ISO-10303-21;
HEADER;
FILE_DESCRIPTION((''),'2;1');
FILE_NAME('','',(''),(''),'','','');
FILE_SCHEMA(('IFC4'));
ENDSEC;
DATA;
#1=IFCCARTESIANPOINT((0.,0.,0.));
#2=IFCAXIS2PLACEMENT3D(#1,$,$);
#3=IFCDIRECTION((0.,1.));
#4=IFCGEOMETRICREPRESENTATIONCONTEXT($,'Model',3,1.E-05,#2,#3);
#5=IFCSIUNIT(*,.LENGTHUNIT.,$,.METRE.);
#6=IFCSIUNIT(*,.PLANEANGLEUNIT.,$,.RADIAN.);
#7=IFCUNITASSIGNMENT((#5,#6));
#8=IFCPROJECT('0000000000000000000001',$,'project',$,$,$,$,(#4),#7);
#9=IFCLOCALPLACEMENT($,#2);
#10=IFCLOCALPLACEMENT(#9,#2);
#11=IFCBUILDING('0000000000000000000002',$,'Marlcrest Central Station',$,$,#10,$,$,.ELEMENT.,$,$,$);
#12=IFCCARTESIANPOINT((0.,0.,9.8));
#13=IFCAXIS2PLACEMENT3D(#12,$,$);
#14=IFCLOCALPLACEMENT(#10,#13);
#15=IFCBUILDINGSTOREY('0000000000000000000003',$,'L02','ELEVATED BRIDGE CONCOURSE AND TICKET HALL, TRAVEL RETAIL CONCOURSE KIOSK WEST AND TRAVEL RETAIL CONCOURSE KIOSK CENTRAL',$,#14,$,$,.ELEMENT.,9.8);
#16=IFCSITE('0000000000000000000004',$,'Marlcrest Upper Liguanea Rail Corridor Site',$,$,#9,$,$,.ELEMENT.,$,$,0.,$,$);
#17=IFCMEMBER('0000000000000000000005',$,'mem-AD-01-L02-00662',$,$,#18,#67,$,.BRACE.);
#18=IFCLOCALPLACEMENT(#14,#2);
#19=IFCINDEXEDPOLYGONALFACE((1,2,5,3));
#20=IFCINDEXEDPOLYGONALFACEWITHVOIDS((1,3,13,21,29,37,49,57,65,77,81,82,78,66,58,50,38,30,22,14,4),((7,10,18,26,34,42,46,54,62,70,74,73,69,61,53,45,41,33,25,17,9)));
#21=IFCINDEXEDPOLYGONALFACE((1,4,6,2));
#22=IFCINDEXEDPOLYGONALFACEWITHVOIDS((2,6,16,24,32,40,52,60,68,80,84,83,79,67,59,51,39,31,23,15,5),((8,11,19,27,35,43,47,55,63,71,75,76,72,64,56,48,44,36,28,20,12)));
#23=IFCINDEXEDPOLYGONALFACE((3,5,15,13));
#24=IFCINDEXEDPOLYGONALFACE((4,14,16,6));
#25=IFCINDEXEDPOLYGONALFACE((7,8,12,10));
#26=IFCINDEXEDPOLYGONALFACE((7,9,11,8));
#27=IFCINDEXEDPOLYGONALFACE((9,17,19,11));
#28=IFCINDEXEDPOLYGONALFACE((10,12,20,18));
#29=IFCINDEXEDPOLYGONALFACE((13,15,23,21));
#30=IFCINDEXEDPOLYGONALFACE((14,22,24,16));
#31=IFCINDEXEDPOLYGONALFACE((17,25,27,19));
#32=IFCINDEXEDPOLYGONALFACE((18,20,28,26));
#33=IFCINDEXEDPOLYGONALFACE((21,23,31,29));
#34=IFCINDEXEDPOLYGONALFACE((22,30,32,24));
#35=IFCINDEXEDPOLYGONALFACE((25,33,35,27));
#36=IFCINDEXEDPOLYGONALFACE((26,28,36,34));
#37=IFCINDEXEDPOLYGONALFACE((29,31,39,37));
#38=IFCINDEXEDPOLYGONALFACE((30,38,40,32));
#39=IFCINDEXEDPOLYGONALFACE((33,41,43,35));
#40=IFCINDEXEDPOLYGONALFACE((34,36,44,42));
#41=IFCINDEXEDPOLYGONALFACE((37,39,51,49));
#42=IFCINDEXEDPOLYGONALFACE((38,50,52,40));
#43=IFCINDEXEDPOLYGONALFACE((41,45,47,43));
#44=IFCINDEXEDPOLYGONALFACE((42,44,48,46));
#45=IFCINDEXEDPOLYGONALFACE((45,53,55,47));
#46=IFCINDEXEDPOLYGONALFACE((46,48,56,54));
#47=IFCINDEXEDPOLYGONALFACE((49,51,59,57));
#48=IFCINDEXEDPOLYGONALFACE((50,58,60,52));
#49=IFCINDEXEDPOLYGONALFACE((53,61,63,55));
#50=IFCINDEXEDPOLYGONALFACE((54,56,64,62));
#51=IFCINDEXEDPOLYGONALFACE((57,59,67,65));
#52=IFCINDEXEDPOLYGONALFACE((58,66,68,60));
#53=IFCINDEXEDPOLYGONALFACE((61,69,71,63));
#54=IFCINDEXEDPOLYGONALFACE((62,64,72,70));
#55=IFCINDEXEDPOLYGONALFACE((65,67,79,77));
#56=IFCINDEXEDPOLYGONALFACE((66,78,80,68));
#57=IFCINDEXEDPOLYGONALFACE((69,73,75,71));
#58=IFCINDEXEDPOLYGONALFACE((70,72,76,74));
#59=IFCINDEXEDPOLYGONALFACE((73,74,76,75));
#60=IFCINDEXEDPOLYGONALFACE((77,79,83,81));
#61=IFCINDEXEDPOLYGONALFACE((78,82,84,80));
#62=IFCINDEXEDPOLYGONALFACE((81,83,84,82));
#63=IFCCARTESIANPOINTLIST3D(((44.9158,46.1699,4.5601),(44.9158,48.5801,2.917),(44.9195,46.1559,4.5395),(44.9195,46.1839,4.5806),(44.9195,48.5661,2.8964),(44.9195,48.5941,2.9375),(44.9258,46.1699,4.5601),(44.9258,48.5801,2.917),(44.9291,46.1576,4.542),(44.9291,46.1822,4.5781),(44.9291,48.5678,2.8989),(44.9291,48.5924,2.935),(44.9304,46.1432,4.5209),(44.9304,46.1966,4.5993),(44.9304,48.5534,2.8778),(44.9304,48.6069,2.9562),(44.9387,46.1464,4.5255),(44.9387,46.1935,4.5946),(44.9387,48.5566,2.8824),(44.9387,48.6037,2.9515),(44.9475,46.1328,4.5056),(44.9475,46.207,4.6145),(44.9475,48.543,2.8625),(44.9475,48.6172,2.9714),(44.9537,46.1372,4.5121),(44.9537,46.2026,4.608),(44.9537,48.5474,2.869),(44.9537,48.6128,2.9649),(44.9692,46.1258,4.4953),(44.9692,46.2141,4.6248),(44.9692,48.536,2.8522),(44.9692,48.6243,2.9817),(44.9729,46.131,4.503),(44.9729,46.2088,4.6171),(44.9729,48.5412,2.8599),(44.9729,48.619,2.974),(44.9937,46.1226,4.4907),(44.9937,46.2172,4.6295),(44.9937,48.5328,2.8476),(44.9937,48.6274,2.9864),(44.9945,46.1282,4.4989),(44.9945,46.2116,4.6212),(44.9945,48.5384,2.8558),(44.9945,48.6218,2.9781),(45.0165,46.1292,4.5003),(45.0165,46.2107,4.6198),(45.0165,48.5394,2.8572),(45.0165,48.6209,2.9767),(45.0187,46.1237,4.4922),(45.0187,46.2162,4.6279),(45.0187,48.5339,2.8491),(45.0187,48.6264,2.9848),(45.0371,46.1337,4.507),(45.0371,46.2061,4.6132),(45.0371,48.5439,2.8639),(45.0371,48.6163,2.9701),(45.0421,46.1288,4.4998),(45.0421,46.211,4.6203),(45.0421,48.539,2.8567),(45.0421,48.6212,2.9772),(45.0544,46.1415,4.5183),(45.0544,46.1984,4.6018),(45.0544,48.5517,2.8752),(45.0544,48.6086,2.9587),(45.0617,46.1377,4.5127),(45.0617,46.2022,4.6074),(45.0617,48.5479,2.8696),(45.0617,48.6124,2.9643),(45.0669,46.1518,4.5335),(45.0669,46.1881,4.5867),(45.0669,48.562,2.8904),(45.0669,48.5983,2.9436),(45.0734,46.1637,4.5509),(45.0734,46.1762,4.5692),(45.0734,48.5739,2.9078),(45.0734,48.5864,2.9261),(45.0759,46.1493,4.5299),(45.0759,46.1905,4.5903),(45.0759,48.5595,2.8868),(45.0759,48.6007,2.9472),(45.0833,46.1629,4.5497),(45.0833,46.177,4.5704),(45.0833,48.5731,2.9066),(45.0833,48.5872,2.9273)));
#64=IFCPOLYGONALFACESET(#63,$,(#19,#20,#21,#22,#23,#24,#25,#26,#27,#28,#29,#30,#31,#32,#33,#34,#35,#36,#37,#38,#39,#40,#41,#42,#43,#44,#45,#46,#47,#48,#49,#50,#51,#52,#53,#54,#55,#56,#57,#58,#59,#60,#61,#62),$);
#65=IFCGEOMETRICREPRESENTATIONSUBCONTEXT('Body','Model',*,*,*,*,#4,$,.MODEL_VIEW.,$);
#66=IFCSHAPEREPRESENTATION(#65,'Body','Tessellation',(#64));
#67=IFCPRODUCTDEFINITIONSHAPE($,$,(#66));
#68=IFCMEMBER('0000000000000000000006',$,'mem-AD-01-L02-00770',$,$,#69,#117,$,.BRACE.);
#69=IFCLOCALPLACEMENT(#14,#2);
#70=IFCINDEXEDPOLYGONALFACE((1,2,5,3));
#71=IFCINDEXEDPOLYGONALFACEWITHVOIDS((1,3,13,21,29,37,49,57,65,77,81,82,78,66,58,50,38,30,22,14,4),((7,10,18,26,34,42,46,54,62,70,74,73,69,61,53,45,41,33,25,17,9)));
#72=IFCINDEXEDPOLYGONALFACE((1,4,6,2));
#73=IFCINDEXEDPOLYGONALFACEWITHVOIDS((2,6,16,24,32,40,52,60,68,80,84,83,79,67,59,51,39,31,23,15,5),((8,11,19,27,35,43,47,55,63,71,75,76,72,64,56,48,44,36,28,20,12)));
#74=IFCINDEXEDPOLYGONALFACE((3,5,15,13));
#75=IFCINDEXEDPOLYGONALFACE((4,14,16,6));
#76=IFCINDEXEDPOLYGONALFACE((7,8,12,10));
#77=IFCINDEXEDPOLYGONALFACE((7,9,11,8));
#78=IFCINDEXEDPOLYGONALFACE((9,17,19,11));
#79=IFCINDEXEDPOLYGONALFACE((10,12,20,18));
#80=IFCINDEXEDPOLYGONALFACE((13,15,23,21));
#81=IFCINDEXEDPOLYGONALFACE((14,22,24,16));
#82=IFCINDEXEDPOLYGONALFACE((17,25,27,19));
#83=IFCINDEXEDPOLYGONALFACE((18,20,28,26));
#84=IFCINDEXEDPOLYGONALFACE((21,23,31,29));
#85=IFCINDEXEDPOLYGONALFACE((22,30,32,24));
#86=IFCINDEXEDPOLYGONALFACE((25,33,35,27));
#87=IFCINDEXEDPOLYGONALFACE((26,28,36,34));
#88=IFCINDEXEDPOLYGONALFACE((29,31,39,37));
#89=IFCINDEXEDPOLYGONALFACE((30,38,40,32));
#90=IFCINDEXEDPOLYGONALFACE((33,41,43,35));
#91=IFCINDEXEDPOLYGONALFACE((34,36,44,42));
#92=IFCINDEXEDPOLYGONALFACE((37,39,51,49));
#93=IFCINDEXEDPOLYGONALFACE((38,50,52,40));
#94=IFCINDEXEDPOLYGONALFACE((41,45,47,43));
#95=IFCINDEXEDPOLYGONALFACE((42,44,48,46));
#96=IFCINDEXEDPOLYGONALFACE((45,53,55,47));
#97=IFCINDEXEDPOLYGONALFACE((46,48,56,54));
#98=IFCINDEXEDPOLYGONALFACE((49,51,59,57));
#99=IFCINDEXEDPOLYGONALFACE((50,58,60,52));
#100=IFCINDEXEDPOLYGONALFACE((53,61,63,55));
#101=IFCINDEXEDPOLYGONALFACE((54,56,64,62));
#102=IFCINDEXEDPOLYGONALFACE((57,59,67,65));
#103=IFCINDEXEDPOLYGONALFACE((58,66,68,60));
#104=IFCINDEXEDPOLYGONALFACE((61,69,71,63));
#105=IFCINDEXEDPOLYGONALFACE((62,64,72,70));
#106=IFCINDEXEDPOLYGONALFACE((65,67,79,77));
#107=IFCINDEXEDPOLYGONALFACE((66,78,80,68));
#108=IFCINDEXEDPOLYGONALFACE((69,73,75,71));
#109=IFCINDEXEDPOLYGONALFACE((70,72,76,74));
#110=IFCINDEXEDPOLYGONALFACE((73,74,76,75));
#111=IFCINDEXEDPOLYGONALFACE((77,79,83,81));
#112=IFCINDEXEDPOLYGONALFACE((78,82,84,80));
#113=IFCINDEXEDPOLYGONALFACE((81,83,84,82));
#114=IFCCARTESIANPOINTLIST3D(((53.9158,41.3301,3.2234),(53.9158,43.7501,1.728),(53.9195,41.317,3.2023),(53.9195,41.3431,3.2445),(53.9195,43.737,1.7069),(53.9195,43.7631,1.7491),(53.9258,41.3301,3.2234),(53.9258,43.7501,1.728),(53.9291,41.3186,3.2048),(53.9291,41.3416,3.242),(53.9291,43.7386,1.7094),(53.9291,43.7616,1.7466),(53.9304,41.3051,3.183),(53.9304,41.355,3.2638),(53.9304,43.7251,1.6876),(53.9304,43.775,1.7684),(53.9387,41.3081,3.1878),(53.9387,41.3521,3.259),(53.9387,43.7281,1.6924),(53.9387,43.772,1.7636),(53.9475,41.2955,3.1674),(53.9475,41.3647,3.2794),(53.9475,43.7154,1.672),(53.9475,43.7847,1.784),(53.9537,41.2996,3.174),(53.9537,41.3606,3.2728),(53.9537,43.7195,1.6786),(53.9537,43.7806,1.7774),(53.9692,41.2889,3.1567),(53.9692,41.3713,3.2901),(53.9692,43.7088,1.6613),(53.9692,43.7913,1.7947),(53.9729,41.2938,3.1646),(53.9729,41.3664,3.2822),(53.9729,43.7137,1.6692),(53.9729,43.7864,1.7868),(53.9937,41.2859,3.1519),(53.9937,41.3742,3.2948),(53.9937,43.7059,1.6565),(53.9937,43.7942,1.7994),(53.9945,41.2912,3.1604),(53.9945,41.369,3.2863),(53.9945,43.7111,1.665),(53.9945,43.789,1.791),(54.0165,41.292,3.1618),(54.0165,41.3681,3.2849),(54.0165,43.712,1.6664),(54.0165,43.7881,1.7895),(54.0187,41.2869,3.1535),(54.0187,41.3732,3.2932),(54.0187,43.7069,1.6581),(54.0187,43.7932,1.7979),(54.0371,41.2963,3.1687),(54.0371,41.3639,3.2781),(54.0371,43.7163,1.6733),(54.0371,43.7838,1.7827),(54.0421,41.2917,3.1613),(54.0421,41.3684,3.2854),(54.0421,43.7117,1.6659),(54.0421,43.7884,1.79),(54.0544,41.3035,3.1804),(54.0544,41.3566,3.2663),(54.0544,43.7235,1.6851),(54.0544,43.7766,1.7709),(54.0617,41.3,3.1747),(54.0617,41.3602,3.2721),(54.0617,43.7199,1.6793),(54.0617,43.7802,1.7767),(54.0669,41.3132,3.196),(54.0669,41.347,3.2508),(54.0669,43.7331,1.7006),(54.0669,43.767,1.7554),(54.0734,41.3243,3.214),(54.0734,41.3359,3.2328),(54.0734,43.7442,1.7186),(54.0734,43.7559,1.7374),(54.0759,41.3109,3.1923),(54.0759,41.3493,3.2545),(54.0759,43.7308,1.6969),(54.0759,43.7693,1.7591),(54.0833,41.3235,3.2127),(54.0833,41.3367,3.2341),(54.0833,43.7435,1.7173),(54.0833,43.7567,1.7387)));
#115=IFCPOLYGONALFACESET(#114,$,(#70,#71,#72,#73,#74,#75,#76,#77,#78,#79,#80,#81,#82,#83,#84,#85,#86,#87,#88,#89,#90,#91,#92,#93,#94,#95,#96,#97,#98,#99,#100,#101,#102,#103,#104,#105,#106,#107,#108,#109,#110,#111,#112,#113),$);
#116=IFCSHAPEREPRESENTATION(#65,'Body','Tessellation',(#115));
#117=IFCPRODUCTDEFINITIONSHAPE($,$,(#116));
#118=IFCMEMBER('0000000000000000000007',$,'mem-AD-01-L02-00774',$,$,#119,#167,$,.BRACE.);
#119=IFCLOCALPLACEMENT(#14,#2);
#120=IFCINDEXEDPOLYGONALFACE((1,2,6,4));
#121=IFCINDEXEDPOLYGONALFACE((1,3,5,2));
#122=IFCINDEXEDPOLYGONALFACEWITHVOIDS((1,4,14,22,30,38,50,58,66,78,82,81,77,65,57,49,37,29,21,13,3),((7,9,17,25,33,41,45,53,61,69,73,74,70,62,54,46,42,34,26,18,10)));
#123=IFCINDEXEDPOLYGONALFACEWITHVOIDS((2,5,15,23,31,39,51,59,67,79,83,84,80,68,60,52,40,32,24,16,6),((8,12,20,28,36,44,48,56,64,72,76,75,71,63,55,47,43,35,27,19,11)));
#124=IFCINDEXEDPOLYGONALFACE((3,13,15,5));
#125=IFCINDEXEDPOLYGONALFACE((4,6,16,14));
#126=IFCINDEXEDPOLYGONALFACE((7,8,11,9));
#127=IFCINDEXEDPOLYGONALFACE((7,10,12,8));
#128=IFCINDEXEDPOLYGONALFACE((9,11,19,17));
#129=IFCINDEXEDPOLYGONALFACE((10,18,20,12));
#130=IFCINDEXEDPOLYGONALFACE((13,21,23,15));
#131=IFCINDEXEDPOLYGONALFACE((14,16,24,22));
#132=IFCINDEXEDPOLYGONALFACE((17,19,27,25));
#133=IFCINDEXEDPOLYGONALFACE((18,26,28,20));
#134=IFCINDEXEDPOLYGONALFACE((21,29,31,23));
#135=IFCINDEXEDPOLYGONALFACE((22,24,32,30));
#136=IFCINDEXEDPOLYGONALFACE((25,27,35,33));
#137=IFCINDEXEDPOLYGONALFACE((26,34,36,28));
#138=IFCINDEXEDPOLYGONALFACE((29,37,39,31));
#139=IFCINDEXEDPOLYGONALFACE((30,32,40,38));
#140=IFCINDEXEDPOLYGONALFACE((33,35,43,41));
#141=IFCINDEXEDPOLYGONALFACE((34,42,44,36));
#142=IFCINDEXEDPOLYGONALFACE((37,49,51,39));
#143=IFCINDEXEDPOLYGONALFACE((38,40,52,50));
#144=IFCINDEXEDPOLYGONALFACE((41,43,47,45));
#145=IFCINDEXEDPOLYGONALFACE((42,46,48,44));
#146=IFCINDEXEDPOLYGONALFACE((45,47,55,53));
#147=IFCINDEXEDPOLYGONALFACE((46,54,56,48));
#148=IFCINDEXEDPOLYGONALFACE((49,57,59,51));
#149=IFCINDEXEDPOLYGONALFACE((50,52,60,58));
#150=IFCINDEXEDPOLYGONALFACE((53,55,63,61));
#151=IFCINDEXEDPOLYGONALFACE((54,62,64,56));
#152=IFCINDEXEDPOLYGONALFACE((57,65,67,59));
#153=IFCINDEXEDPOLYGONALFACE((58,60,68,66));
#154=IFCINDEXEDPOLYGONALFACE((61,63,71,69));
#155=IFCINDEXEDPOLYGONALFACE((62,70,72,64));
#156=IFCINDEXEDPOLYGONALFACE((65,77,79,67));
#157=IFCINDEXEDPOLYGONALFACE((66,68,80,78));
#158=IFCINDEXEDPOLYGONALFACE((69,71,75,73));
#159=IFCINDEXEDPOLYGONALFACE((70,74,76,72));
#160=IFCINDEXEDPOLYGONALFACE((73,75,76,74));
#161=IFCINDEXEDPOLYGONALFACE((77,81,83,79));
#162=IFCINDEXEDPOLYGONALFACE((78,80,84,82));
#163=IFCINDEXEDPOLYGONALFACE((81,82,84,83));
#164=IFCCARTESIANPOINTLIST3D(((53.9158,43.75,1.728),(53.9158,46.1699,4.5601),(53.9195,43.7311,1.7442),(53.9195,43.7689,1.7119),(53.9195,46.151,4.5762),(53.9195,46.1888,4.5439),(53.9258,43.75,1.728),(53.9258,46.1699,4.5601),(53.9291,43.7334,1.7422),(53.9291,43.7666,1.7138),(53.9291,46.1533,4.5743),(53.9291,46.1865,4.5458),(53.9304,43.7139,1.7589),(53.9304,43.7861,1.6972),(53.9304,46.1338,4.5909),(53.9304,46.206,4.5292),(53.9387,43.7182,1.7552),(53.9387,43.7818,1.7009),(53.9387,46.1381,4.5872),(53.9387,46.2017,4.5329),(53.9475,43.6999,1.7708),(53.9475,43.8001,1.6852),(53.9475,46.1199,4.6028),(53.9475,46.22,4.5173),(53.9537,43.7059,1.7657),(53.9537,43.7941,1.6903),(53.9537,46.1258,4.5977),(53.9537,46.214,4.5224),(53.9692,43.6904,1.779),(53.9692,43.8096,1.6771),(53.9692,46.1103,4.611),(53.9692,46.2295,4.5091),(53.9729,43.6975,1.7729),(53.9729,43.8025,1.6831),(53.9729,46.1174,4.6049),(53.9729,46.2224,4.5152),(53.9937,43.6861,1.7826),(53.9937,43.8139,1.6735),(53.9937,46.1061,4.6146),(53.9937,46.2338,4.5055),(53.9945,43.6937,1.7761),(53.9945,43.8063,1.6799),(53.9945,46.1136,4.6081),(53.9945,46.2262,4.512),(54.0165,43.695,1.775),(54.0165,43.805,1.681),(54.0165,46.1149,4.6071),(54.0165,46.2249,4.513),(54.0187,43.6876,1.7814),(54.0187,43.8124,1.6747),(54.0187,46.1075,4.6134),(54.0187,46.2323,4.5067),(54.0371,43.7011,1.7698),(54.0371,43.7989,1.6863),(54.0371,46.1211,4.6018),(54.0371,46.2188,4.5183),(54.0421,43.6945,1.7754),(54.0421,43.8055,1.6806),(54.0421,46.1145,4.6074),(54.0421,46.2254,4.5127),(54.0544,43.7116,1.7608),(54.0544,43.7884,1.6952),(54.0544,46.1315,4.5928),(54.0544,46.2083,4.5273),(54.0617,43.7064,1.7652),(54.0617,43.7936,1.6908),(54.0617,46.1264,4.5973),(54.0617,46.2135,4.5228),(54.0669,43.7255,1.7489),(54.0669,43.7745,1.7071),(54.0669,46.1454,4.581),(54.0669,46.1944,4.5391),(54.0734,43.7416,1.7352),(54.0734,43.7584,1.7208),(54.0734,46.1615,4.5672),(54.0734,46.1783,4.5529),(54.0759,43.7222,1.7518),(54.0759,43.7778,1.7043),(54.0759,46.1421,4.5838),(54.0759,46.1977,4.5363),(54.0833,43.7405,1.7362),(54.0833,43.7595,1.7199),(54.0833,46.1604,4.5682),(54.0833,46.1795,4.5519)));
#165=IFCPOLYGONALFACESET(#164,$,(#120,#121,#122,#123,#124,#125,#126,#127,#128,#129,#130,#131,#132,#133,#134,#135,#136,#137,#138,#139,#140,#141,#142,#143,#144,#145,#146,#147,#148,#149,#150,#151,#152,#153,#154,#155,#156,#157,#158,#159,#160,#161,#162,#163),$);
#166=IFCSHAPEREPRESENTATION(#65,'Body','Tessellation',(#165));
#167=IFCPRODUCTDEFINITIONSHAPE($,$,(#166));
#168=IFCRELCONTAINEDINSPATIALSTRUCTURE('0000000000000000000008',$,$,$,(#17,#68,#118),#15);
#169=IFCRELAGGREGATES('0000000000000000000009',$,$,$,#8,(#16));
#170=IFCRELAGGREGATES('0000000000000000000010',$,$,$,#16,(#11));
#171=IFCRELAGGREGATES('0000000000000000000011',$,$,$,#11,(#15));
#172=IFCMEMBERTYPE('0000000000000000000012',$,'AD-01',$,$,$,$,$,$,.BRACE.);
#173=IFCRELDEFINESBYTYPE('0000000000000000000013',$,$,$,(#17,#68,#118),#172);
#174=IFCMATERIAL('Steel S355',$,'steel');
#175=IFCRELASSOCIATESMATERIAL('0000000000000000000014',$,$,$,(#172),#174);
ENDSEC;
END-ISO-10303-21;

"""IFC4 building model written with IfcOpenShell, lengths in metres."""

from ifc_helpers import new_model, si_unit, direction, frame, origin, origin_2d, place, context, subcontext, project, spatial, hollow_circle, extrude, material, material_profile, profile_set, type_object, element, save


model = new_model("IFC4")

# Units and contexts
model_context = context("Model", 3, precision=1e-05, world=origin(), true_north=direction((0.0, 1.0)))
body_context = subcontext(model_context, "Body", "Model", "MODEL_VIEW")
ifc_project = project(units=[si_unit("LENGTHUNIT", "METRE"), si_unit("PLANEANGLEUNIT", "RADIAN")], contexts=[model_context])

# Site, building, storey
site_placement = place(None, origin())
site = spatial("IfcSite", under=ifc_project, at=site_placement, Name="Marlcrest Upper Liguanea Rail Corridor Site", CompositionType="ELEMENT", RefElevation=0.0)
building_placement = place(site_placement, origin())
building = spatial("IfcBuilding", under=site, at=building_placement, Name="Marlcrest Central Station", CompositionType="ELEMENT")
storey_placement = place(building_placement, frame((0.0, 0.0, 9.8)))
storey = spatial("IfcBuildingStorey", under=building, at=storey_placement, Name="L02", Description="ELEVATED BRIDGE CONCOURSE AND TICKET HALL, TRAVEL RETAIL CONCOURSE KIOSK WEST AND TRAVEL RETAIL CONCOURSE KIOSK CENTRAL", CompositionType="ELEMENT", Elevation=9.8)

# Members
ifc_material_1 = material(Name="Steel S355", Category="steel")
ifc_material_profile_1 = material_profile(ifc_material_1, hollow_circle(Radius=0.0842, WallThickness=0.01, at=origin_2d()), Name="CHS 168.3x10")
ifc_profile_set_1 = profile_set([ifc_material_profile_1], Name="Steel S355")
member_type_1 = type_object("IfcMemberType", Name="AD-01", PredefinedType="BRACE", material=ifc_profile_set_1)
member_1_placement = place(storey_placement, frame((45.0, 46.1699, 4.5601), z_axis=(0.0, 0.826263, -0.563285), x_axis=(-1.0, 0.0, 0.0)))
element("IfcMember", 1, at=member_1_placement, inside=storey, type_object=member_type_1, Name="mem-AD-01-L02-00662", PredefinedType="BRACE", context=body_context, shape_type="SweptSolid", body=[
    extrude(hollow_circle(Radius=0.0842, WallThickness=0.01, at=origin_2d()), origin(), (0.0, 0.0, 1.0), 2.917),
])
member_2_placement = place(storey_placement, frame((54.0, 41.3301, 3.2234), z_axis=(0.0, 0.850687, -0.525672), x_axis=(-1.0, 0.0, 0.0)))
element("IfcMember", 2, at=member_2_placement, inside=storey, type_object=member_type_1, Name="mem-AD-01-L02-00770", PredefinedType="BRACE", context=body_context, shape_type="SweptSolid", body=[
    extrude(hollow_circle(Radius=0.0842, WallThickness=0.01, at=origin_2d()), origin(), (0.0, 0.0, 1.0), 2.8447),
])
member_3_placement = place(storey_placement, frame((54.0, 43.75, 1.728), z_axis=(0.0, 0.649625, 0.760255), x_axis=(-1.0, 0.0, 0.0)))
element("IfcMember", 3, at=member_3_placement, inside=storey, type_object=member_type_1, Name="mem-AD-01-L02-00774", PredefinedType="BRACE", context=body_context, shape_type="SweptSolid", body=[
    extrude(hollow_circle(Radius=0.0842, WallThickness=0.01, at=origin_2d()), origin(), (0.0, 0.0, 1.0), 3.7251),
])

save(model, "model.ifc")
